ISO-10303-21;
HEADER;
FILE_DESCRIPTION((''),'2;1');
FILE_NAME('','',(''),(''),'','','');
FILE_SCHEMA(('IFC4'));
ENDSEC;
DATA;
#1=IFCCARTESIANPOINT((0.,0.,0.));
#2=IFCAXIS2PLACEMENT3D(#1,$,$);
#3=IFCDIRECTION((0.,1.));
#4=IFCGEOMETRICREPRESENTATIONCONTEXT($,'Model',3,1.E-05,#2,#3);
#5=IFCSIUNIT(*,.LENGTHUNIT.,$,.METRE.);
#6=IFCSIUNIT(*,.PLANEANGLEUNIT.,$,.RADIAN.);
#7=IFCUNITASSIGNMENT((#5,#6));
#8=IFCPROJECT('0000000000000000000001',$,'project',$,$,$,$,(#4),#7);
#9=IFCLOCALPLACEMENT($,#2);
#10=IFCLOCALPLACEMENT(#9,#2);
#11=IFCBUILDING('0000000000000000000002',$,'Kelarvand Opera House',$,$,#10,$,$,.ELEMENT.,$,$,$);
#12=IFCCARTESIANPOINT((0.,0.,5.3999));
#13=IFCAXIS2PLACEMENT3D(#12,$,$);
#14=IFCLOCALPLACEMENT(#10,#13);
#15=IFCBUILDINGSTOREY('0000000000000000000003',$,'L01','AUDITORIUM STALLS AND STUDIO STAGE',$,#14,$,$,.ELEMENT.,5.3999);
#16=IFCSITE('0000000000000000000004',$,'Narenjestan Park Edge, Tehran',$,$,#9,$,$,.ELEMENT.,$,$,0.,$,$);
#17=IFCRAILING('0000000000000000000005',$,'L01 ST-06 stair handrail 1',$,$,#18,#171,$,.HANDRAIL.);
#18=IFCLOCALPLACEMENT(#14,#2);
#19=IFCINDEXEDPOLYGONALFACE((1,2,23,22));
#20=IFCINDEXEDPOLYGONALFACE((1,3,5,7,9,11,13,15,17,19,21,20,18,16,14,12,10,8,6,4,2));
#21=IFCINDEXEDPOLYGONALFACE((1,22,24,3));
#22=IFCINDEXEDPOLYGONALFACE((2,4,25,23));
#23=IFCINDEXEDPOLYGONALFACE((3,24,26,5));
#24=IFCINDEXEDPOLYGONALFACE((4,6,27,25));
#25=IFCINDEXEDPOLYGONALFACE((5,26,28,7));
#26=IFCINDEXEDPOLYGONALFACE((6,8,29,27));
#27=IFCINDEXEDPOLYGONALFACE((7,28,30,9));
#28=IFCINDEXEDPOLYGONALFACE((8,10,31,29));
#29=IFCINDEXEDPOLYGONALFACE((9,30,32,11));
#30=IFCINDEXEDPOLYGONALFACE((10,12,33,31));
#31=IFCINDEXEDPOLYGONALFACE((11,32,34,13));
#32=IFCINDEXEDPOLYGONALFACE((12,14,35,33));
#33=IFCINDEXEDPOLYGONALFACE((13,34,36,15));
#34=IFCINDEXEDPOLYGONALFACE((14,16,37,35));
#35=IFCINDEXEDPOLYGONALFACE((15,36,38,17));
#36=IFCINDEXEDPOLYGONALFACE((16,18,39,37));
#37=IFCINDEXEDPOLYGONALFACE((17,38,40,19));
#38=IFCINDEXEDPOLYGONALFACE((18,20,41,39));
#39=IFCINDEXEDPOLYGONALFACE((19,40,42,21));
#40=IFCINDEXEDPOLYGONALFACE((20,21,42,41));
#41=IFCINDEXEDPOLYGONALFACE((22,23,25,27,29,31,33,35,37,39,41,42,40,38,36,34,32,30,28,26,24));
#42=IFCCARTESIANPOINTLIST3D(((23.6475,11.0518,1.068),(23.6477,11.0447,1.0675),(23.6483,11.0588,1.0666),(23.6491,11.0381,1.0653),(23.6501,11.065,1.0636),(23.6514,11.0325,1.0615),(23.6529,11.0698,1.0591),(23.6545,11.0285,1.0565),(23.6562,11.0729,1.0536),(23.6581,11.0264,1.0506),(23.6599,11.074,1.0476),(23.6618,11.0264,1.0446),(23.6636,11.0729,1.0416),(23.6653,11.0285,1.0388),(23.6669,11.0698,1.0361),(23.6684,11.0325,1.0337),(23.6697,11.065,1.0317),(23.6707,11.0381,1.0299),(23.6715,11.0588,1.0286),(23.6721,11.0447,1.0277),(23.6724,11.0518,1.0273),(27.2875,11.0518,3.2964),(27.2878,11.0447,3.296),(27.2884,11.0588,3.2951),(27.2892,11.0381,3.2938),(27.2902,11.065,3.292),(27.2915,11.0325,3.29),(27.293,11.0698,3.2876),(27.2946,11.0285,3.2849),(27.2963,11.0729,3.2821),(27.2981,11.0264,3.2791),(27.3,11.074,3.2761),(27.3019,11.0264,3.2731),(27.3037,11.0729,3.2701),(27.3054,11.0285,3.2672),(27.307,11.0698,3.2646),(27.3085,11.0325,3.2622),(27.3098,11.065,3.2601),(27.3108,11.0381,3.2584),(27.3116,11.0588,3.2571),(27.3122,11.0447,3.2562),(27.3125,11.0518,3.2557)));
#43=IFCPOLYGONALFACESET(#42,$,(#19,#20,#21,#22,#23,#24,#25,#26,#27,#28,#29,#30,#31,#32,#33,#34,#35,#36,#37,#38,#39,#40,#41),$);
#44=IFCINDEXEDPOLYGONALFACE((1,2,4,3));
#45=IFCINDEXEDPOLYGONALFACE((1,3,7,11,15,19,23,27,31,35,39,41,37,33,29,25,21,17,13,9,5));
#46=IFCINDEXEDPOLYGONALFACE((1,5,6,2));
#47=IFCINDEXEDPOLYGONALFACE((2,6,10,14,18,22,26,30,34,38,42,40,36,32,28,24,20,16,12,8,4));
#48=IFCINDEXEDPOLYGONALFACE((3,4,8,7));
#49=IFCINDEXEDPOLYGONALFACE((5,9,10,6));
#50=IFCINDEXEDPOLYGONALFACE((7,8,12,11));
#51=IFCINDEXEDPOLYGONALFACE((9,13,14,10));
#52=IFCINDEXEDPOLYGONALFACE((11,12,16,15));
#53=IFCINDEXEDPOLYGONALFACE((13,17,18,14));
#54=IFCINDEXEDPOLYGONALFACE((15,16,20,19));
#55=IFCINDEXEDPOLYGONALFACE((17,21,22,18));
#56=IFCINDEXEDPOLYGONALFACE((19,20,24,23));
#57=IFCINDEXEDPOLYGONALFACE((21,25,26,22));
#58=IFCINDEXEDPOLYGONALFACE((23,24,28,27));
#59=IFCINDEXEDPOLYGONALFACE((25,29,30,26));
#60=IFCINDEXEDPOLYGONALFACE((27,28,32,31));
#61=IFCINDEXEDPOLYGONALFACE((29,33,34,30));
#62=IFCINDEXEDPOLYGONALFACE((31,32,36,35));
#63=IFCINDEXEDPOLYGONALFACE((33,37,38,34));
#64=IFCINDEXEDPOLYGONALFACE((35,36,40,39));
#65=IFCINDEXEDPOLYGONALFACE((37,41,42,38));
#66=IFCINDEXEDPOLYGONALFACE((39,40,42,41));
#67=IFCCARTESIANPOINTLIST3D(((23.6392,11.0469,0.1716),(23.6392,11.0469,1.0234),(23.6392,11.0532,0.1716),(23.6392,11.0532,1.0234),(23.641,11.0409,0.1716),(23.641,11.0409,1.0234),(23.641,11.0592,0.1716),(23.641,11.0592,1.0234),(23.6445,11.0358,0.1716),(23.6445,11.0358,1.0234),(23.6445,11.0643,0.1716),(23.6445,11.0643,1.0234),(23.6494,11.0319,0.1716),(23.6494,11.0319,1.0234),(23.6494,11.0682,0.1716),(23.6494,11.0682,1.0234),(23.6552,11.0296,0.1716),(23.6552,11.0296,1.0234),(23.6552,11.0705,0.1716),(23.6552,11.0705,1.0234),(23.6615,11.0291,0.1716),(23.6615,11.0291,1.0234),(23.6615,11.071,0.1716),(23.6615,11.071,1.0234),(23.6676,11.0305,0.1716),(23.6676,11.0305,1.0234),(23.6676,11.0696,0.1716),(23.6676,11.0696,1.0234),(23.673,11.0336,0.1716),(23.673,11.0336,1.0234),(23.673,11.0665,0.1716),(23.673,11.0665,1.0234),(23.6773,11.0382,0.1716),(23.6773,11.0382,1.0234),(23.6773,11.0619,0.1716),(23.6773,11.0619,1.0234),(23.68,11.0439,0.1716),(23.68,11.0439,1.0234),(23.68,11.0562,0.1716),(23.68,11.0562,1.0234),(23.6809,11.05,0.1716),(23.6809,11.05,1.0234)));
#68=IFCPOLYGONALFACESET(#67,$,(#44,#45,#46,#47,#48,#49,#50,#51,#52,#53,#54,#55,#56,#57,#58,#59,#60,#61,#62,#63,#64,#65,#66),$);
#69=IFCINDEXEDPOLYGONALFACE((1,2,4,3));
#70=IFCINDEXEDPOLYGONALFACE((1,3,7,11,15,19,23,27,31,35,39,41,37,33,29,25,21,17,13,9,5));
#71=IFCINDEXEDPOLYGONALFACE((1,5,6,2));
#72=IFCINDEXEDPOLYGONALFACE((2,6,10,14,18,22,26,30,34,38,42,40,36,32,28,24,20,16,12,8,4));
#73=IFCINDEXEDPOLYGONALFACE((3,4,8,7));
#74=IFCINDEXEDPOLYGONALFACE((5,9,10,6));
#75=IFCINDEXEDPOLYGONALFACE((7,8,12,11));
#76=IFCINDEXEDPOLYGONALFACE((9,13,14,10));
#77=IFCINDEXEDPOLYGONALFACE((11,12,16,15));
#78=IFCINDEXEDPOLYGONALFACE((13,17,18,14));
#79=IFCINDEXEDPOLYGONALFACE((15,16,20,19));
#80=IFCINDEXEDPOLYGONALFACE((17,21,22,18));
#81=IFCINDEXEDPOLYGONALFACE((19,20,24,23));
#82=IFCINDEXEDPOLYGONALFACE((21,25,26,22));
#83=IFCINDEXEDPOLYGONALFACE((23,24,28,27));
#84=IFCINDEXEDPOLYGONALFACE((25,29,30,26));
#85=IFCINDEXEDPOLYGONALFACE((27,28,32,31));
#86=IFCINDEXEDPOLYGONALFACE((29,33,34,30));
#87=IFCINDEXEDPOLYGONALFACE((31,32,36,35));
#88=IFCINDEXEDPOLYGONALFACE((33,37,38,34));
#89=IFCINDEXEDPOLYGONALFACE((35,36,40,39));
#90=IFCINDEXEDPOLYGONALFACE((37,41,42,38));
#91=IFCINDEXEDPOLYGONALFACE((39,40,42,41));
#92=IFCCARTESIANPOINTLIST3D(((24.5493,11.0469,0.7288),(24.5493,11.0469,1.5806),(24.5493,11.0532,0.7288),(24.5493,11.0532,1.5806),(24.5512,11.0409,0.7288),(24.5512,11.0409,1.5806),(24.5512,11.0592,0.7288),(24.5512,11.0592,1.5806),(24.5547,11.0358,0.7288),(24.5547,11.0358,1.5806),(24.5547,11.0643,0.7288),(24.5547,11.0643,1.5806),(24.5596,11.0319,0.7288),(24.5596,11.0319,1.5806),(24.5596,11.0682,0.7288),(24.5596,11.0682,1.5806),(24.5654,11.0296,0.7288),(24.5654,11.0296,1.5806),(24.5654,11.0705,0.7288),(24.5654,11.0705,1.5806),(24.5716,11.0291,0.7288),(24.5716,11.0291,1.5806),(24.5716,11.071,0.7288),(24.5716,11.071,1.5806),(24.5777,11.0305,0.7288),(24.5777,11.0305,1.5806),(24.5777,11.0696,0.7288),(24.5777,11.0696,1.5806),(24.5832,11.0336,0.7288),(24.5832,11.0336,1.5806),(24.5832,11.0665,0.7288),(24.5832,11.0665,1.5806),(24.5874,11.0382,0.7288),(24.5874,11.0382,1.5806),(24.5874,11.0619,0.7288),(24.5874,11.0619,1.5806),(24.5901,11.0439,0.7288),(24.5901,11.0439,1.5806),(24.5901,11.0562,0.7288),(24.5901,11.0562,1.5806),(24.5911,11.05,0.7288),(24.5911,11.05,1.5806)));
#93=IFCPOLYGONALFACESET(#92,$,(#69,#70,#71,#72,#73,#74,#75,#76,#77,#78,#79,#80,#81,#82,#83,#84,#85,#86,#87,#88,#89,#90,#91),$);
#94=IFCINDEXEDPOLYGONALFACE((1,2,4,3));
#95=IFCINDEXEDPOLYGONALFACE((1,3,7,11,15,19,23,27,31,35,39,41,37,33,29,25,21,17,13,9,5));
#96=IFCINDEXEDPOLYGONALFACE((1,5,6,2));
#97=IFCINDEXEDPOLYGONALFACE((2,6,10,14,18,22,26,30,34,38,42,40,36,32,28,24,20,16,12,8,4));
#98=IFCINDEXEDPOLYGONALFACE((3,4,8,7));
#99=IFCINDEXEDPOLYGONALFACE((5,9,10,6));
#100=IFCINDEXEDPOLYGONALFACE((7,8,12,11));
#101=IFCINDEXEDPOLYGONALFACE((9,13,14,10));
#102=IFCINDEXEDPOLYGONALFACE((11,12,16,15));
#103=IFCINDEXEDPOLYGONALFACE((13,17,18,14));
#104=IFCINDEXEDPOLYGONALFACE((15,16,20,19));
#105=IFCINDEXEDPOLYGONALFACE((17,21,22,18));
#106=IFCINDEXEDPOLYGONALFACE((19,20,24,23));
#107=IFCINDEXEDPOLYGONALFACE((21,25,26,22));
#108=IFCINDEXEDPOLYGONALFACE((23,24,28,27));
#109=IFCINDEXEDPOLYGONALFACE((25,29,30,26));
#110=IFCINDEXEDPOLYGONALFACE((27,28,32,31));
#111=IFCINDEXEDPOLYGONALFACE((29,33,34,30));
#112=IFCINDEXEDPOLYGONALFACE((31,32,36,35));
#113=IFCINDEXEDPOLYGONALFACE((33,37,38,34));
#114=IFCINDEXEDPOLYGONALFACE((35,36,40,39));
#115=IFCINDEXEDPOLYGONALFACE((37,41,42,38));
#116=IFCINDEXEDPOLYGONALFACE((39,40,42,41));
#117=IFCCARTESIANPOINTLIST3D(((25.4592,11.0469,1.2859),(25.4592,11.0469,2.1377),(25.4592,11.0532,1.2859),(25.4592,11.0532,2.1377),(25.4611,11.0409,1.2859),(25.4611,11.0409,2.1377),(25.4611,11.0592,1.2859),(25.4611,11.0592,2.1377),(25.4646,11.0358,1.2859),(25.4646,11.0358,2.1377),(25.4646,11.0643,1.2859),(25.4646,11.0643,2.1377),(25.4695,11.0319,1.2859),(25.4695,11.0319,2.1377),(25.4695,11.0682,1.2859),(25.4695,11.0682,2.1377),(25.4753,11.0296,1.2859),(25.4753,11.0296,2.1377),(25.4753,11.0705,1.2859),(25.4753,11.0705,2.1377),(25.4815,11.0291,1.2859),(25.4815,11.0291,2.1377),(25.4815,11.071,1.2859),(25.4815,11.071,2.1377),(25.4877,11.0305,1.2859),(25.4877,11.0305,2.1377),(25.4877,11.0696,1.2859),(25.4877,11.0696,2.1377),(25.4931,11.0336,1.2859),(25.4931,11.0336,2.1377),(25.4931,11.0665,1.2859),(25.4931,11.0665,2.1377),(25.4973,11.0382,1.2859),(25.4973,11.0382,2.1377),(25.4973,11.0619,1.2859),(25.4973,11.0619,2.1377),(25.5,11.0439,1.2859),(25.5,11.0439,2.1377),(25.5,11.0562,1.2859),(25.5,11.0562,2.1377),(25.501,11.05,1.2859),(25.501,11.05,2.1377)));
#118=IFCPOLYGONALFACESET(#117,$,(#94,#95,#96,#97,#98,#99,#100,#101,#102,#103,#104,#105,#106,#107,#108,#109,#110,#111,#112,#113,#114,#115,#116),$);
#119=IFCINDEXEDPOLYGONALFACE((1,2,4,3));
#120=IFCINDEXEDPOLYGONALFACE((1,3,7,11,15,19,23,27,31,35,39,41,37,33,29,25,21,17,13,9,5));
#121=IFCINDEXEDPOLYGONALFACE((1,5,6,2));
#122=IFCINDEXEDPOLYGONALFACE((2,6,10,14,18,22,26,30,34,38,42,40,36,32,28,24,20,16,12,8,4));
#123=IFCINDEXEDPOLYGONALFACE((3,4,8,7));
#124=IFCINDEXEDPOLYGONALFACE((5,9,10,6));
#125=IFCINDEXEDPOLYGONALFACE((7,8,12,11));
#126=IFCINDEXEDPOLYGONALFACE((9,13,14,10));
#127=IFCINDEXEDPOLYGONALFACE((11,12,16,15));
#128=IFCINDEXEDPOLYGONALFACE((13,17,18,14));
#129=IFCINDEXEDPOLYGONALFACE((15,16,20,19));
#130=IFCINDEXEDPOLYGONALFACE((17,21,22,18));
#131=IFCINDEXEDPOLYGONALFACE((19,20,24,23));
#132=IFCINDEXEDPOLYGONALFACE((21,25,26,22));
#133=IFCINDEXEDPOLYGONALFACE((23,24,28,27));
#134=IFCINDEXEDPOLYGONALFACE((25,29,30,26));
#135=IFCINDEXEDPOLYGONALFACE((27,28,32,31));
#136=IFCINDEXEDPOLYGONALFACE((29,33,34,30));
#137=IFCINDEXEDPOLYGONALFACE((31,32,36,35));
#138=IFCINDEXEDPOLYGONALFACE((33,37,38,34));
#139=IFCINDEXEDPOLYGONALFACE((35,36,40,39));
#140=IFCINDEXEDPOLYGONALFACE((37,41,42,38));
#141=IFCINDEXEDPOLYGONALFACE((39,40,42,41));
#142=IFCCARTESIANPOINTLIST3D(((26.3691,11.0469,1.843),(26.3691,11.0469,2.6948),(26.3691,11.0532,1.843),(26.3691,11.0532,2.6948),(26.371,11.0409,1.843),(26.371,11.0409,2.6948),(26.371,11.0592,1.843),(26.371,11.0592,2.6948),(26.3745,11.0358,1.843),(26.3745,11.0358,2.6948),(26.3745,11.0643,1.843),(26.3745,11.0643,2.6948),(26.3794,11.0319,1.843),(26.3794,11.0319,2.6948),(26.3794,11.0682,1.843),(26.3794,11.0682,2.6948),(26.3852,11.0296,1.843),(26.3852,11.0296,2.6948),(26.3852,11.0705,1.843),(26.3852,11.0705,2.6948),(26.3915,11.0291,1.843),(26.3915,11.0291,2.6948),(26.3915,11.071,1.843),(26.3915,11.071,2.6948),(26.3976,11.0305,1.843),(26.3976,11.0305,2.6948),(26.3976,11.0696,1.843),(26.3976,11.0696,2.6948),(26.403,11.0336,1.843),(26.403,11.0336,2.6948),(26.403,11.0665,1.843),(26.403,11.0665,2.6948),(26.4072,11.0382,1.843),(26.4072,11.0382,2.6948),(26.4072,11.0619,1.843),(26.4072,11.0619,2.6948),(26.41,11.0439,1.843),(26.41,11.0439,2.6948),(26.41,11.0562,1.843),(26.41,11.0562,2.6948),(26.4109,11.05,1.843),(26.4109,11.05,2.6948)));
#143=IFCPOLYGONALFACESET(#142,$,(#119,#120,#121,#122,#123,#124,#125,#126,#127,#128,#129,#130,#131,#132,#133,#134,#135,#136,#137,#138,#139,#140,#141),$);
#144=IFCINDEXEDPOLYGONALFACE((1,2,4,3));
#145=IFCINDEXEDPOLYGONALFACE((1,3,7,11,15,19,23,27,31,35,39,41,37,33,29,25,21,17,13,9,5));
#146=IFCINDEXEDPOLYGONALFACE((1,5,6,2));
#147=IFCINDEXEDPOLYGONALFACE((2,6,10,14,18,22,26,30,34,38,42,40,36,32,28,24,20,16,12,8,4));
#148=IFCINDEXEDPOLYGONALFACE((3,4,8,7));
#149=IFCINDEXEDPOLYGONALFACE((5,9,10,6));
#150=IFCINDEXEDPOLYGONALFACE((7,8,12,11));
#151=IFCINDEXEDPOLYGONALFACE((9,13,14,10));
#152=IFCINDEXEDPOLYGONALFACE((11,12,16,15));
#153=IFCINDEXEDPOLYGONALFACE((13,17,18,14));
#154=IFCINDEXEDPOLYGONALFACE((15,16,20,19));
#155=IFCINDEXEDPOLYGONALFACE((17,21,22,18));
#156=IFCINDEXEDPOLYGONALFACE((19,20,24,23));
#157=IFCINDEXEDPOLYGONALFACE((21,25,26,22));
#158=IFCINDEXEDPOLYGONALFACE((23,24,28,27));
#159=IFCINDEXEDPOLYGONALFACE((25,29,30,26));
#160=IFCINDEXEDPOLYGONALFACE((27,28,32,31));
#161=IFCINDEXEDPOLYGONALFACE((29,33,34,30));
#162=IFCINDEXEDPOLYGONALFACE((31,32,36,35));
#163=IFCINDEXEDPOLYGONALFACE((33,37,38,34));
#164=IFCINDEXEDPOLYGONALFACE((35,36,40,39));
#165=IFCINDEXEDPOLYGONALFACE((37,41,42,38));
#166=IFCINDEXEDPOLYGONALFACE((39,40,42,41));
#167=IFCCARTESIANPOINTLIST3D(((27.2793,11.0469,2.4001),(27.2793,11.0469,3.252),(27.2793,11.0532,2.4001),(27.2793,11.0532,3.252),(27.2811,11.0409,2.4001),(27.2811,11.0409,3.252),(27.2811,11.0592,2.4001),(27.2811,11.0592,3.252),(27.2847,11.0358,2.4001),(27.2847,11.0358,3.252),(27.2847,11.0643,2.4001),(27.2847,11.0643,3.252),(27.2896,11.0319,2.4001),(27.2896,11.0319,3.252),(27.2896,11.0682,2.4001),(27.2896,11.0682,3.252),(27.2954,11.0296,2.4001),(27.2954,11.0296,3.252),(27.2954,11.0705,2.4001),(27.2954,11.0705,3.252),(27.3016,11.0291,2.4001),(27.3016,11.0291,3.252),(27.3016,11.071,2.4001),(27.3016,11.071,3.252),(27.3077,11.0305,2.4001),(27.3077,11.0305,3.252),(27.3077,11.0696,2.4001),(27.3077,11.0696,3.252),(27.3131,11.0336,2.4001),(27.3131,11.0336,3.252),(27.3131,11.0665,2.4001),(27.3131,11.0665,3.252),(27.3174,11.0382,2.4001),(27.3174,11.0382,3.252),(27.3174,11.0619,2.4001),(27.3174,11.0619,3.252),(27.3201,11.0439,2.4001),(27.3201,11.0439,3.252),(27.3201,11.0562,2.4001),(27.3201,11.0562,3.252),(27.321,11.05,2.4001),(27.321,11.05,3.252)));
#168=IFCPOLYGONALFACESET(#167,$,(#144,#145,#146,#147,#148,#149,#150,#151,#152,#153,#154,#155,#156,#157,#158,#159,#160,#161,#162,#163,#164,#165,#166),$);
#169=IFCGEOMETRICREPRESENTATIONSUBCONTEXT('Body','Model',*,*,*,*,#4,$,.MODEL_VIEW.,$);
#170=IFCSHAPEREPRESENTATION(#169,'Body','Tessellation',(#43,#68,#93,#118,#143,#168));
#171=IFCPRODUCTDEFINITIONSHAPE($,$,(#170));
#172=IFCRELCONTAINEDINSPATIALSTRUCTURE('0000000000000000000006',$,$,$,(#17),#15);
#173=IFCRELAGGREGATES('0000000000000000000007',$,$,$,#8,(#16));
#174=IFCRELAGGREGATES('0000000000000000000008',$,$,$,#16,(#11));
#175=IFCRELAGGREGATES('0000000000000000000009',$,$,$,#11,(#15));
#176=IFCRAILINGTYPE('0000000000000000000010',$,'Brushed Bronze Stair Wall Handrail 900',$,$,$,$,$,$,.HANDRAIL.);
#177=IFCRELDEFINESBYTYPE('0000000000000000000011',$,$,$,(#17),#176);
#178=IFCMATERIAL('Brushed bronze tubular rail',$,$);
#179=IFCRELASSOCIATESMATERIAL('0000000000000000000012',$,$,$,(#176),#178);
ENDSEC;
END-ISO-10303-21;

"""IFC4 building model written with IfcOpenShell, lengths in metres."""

from ifc_helpers import new_model, si_unit, direction, frame, origin, origin_2d, place, context, subcontext, project, spatial, circle, extrude, material, type_object, element, save


model = new_model("IFC4")

# Units and contexts
model_context = context("Model", 3, precision=1e-05, world=origin(), true_north=direction((0.0, 1.0)))
body_context = subcontext(model_context, "Body", "Model", "MODEL_VIEW")
ifc_project = project(units=[si_unit("LENGTHUNIT", "METRE"), si_unit("PLANEANGLEUNIT", "RADIAN")], contexts=[model_context])

# Site, building, storey
site_placement = place(None, origin())
site = spatial("IfcSite", under=ifc_project, at=site_placement, Name="Narenjestan Park Edge, Tehran", CompositionType="ELEMENT", RefElevation=0.0)
building_placement = place(site_placement, origin())
building = spatial("IfcBuilding", under=site, at=building_placement, Name="Kelarvand Opera House", CompositionType="ELEMENT")
storey_placement = place(building_placement, frame((0.0, 0.0, 5.3999)))
storey = spatial("IfcBuildingStorey", under=building, at=storey_placement, Name="L01", Description="AUDITORIUM STALLS AND STUDIO STAGE", CompositionType="ELEMENT", Elevation=5.3999)

# Railing
ifc_material_1 = material(Name="Brushed bronze tubular rail")
railing_type_1 = type_object("IfcRailingType", Name="Brushed Bronze Stair Wall Handrail 900", PredefinedType="HANDRAIL", material=ifc_material_1)
railing_1_placement = place(storey_placement, frame((23.6599, 11.05, 0.1716)))
element("IfcRailing", 1, at=railing_1_placement, inside=storey, type_object=railing_type_1, Name="L01 ST-06 stair handrail 1", PredefinedType="HANDRAIL", context=body_context, shape_type="SweptSolid", body=[
    extrude(circle(Radius=0.0239, at=origin_2d()), frame((0.0, 0.0, 0.876), z_axis=(0.852866, 0.0, 0.52213), x_axis=(0.0, 1.0, 0.0)), (0.0, 0.0, 1.0), 4.2681),
    extrude(circle(Radius=0.021, at=origin_2d()), origin(), (0.0, 0.0, 1.0), 0.8518),
    extrude(circle(Radius=0.021, at=origin_2d()), frame((0.9102, 0.0, 0.5571)), (0.0, 0.0, 1.0), 0.8518),
    extrude(circle(Radius=0.021, at=origin_2d()), frame((1.8201, 0.0, 1.1143)), (0.0, 0.0, 1.0), 0.8518),
    extrude(circle(Radius=0.021, at=origin_2d()), frame((2.73, 0.0, 1.6714)), (0.0, 0.0, 1.0), 0.8518),
    extrude(circle(Radius=0.021, at=origin_2d()), frame((3.6401, 0.0, 2.2285)), (0.0, 0.0, 1.0), 0.8518),
])

save(model, "model.ifc")
